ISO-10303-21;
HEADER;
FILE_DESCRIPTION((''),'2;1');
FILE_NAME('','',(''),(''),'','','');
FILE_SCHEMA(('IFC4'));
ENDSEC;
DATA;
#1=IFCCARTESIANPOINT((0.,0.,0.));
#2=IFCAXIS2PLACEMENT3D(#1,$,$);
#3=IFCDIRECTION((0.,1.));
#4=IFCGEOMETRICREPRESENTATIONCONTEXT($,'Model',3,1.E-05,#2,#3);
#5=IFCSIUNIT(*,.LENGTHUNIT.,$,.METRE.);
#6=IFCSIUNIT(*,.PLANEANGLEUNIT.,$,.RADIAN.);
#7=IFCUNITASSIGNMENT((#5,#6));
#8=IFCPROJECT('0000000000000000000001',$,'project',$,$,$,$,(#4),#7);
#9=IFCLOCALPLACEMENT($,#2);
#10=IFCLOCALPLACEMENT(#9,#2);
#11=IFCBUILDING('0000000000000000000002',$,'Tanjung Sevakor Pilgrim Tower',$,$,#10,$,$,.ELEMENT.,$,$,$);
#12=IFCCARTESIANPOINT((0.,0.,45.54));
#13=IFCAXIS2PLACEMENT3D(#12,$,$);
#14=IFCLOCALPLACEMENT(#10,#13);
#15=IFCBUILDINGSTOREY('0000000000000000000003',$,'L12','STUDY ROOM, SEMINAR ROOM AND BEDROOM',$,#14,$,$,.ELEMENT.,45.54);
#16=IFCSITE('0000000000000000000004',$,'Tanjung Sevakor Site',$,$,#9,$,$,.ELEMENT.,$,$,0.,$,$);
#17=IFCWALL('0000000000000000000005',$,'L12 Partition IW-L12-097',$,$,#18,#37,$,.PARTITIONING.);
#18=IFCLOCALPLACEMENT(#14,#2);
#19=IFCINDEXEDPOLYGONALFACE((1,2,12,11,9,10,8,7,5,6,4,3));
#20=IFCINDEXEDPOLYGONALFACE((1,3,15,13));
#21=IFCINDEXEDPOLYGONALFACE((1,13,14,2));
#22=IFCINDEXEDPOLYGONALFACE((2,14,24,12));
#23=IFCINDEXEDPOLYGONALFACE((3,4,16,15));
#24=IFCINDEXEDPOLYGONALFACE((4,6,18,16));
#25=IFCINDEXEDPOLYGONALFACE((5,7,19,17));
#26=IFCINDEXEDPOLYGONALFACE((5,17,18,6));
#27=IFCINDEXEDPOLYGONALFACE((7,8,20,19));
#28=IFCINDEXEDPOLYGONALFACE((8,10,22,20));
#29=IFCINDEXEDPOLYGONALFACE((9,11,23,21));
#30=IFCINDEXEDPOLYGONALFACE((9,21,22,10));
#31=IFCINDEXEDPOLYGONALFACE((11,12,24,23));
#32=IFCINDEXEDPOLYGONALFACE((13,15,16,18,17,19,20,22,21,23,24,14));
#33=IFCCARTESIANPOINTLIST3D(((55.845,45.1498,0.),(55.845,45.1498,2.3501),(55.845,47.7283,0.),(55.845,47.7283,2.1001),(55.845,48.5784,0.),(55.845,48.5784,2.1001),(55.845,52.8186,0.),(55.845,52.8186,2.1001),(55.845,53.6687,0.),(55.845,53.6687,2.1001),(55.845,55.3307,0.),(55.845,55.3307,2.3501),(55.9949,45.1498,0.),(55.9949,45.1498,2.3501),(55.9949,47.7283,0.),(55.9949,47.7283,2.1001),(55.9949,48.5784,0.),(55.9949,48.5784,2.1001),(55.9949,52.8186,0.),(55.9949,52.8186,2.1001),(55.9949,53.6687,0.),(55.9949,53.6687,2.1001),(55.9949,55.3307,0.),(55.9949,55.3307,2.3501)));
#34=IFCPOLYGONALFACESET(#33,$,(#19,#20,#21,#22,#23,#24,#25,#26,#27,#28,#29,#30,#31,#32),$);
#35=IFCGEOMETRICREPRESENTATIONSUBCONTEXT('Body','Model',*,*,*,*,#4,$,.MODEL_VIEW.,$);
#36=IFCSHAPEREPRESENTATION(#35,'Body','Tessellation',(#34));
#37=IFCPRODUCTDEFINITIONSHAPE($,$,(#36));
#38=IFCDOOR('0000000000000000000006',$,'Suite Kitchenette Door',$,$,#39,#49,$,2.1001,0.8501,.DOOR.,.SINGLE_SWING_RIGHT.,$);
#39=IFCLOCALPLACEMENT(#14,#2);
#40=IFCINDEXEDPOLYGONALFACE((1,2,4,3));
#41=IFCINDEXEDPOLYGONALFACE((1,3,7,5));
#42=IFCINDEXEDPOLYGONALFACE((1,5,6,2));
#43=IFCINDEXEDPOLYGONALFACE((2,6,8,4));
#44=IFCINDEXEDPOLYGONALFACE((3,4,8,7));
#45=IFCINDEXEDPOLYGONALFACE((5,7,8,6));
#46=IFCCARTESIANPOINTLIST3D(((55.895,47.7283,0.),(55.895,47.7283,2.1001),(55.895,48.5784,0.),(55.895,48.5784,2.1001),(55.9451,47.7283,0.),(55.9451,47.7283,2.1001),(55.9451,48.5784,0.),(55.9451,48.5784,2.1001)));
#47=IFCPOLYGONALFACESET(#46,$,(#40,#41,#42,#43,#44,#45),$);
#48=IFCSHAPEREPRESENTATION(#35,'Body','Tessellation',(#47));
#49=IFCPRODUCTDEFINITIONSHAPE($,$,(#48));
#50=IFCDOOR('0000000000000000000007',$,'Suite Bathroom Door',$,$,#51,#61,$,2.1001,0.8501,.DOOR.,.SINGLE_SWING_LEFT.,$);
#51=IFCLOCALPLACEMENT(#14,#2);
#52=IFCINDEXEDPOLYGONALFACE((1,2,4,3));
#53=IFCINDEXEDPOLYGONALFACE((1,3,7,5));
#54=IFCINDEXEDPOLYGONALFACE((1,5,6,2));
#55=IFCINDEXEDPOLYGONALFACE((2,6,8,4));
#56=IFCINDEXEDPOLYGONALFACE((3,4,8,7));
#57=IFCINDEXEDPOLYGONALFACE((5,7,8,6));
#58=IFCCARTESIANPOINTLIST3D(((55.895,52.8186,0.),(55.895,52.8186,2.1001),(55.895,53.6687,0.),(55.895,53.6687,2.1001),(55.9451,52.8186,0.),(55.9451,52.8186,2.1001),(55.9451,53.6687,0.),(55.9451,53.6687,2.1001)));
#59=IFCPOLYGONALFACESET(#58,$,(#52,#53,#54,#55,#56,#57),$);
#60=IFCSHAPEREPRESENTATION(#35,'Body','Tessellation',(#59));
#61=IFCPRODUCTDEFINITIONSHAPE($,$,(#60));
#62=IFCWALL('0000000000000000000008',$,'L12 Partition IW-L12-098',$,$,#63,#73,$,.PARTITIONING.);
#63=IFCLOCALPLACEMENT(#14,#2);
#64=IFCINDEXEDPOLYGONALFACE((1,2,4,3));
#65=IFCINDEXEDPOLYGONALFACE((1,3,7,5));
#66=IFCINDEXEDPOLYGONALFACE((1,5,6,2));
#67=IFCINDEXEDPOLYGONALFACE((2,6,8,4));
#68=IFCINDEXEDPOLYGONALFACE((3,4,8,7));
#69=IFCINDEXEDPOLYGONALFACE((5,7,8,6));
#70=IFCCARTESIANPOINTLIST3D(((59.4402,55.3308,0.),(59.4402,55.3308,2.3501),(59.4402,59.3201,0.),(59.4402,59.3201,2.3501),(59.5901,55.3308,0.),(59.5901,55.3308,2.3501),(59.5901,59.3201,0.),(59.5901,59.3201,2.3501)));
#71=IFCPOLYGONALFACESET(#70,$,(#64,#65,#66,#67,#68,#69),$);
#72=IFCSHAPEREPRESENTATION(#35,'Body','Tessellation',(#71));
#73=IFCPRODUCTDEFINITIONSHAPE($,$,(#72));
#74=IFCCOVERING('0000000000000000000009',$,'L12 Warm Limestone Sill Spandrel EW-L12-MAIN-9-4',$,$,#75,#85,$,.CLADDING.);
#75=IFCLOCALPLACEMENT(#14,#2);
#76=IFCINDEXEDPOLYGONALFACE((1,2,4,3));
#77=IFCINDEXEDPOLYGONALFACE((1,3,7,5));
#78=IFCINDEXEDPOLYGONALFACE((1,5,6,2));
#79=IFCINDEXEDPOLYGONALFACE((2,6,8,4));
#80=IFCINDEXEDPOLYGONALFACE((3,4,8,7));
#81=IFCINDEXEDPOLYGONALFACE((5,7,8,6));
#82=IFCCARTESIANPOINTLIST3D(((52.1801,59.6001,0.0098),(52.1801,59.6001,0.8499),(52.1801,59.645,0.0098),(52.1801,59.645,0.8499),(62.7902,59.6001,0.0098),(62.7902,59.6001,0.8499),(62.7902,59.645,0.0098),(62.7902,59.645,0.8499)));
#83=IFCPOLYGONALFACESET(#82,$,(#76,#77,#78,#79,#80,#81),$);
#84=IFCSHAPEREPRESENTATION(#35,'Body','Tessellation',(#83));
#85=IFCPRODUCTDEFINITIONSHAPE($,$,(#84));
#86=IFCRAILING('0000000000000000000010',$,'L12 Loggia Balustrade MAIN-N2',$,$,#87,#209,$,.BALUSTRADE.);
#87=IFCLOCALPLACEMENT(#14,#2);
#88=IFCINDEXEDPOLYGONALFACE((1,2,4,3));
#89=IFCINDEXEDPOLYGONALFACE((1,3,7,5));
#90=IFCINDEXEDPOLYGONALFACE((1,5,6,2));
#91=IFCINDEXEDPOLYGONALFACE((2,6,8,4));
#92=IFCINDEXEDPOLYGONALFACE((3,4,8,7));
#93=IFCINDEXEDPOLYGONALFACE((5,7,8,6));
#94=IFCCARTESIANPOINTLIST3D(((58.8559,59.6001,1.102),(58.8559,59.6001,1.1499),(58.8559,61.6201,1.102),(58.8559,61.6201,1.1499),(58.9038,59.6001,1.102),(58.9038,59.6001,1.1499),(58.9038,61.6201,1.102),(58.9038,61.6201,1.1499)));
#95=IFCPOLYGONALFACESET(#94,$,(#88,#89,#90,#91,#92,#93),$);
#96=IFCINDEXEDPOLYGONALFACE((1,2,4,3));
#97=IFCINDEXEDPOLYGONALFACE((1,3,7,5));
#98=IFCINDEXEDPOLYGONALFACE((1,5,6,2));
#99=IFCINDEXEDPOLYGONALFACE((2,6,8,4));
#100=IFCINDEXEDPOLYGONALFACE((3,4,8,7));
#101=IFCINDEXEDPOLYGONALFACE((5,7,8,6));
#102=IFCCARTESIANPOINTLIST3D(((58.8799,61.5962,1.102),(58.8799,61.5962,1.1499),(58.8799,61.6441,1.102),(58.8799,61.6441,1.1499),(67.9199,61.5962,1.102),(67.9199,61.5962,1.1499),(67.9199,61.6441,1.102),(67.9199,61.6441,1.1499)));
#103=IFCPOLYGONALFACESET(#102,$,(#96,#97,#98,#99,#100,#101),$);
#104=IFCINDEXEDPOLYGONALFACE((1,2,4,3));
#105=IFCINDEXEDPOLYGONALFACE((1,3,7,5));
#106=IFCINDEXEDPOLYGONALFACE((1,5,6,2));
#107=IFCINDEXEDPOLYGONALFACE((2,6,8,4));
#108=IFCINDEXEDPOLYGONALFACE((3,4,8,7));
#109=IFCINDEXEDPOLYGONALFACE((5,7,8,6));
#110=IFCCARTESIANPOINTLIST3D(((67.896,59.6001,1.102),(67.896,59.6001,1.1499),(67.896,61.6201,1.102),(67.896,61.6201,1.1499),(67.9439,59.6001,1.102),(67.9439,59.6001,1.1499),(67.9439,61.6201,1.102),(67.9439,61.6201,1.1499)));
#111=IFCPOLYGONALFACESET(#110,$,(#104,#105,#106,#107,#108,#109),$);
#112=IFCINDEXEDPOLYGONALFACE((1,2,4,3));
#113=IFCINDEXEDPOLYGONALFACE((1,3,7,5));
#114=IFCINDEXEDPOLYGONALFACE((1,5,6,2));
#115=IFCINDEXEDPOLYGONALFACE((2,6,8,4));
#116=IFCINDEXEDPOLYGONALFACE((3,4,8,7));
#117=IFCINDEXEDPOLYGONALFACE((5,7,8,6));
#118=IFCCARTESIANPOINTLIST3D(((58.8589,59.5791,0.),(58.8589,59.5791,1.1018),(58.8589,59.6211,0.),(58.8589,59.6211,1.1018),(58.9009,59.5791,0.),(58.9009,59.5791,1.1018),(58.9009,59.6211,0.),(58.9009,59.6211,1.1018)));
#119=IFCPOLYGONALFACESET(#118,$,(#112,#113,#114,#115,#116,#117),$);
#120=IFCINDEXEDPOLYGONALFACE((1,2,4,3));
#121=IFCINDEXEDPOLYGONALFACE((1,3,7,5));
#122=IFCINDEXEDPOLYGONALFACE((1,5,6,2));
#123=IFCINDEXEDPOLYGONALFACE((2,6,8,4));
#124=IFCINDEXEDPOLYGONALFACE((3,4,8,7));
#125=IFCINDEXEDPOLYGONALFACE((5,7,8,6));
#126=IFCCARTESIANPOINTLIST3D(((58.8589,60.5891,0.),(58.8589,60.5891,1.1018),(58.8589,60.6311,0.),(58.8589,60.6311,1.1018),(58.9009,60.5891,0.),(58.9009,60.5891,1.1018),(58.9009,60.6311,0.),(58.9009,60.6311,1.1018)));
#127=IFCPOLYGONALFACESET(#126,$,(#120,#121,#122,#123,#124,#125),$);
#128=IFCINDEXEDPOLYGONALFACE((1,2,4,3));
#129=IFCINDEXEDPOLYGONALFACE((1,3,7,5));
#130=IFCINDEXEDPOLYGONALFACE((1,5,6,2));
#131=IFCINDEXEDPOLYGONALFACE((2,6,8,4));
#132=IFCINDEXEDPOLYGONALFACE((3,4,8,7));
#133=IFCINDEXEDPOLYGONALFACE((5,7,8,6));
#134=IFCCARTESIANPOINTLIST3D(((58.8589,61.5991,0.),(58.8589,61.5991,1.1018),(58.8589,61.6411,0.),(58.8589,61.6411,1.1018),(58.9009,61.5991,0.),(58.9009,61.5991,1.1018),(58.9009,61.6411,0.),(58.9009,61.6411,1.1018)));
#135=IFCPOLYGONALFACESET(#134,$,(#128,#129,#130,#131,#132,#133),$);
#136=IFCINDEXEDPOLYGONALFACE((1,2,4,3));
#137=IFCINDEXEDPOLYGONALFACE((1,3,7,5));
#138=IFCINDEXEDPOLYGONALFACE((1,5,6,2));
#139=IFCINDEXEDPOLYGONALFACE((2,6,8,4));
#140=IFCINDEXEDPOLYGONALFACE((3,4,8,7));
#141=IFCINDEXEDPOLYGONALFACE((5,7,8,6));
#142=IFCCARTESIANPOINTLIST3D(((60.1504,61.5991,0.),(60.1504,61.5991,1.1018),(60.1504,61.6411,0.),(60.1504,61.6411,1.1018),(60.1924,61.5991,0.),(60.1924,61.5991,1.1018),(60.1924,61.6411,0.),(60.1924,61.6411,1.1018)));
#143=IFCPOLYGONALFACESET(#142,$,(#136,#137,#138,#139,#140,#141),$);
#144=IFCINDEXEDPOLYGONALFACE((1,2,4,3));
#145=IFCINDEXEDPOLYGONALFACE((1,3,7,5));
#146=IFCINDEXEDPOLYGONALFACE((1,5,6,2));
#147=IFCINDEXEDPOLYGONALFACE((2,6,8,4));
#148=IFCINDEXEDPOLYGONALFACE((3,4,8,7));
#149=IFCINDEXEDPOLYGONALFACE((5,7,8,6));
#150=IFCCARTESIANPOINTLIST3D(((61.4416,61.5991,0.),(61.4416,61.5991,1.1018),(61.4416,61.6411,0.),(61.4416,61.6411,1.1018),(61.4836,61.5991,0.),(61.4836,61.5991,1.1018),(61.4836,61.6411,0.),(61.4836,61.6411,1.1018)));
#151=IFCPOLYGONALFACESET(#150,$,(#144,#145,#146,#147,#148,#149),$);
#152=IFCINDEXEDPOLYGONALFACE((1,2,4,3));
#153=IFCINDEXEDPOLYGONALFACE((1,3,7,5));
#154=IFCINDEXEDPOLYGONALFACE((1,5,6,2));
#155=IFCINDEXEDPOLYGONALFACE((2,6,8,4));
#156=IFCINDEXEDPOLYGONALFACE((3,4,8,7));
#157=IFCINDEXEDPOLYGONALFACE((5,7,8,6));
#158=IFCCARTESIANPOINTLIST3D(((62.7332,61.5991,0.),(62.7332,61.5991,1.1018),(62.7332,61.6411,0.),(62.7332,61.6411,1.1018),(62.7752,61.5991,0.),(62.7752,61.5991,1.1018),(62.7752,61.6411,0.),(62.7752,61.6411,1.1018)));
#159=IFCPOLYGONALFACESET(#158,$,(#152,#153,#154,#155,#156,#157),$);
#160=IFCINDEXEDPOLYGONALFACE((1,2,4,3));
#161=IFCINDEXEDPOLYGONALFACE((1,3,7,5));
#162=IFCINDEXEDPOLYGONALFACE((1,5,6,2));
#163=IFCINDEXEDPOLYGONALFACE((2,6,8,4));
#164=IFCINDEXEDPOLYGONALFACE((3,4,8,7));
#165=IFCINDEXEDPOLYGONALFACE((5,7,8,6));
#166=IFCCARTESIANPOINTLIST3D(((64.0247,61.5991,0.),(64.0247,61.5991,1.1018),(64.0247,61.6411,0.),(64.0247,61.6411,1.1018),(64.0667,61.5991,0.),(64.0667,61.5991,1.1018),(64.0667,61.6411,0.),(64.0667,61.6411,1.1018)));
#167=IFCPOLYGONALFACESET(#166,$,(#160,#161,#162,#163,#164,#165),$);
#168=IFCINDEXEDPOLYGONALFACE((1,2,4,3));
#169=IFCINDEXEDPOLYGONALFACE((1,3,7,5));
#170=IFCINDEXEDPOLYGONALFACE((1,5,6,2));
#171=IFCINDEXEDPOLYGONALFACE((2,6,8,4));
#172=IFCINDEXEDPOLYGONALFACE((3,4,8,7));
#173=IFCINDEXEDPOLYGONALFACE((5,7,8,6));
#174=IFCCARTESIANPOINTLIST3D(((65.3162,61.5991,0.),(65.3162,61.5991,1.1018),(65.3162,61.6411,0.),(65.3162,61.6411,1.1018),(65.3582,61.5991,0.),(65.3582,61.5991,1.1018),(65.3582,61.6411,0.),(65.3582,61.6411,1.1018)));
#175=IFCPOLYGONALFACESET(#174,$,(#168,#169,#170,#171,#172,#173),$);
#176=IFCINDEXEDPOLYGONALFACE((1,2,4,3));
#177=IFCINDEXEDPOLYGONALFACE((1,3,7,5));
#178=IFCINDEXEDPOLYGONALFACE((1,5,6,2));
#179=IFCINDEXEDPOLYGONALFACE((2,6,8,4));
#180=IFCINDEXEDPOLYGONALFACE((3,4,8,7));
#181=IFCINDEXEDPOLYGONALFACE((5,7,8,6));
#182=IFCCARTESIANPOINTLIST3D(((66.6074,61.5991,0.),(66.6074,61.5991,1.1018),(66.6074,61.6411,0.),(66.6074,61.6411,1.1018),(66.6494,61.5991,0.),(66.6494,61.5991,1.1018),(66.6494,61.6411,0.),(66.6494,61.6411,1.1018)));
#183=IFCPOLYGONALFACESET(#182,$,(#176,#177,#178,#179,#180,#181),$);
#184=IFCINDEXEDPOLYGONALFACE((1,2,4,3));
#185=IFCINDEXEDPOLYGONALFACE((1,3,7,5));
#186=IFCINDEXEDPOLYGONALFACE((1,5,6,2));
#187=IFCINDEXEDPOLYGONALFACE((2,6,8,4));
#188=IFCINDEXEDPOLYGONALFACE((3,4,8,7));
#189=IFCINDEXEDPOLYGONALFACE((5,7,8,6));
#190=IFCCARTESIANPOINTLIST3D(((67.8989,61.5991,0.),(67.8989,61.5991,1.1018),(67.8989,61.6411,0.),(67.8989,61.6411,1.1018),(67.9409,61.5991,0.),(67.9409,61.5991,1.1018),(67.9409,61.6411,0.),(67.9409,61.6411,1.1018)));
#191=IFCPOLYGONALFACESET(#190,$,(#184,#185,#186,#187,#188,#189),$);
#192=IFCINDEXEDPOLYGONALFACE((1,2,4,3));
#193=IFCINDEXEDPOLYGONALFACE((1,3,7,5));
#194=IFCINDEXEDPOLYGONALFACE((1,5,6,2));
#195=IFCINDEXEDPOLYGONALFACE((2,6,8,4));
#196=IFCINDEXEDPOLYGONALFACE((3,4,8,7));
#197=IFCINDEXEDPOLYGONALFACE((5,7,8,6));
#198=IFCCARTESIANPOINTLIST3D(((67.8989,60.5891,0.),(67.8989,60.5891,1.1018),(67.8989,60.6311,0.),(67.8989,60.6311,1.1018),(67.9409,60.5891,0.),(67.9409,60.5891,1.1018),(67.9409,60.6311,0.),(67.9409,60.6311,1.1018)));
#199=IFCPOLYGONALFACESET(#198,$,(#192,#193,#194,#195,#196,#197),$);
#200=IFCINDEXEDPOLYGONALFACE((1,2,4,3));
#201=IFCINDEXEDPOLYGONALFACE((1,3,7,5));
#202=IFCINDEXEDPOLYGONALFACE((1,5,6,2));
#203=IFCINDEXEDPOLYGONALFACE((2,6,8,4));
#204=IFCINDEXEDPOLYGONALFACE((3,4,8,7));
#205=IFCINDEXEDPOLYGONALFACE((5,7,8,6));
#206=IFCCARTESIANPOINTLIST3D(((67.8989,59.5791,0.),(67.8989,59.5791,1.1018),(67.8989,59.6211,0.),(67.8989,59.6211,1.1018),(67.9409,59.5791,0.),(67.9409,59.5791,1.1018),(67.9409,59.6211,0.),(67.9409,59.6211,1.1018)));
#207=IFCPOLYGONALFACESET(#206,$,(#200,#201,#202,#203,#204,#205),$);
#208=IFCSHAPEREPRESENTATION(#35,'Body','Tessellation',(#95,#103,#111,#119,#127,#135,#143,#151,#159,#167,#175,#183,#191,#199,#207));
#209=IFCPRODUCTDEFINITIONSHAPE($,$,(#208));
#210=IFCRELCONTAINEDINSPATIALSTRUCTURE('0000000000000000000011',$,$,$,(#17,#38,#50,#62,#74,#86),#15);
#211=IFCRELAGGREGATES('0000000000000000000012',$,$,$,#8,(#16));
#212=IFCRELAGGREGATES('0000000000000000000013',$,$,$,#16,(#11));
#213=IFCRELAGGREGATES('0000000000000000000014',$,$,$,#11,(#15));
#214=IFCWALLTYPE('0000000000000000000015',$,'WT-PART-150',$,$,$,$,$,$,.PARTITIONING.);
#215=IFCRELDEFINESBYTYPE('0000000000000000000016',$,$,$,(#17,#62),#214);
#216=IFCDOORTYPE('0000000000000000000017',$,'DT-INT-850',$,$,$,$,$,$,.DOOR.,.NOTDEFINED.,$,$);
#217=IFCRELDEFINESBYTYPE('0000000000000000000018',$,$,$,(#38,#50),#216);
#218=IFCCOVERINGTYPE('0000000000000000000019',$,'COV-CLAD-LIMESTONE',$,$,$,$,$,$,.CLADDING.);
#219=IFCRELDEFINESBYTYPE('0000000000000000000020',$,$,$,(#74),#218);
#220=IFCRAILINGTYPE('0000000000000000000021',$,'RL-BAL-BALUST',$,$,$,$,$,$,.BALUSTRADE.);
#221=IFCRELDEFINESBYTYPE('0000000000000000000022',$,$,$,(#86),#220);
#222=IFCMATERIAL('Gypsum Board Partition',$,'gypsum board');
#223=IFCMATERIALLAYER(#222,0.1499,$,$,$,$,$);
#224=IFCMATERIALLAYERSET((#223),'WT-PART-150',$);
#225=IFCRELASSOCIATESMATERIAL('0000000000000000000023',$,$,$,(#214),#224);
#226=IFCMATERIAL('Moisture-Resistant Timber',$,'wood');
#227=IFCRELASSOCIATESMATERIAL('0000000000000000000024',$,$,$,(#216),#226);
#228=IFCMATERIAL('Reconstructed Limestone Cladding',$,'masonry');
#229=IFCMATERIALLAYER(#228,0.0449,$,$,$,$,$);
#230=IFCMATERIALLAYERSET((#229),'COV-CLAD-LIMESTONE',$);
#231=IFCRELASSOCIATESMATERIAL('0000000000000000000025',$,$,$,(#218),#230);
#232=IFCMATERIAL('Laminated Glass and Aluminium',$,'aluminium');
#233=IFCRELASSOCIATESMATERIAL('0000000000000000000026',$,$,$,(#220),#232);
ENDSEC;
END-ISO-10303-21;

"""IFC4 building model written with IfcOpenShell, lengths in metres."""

from ifc_helpers import new_model, si_unit, direction, frame, frame_2d, origin, origin_2d, place, context, subcontext, project, spatial, rectangle, extrude, material, layer, layer_set, type_object, element, fill, save


model = new_model("IFC4")

# Units and contexts
model_context = context("Model", 3, precision=1e-05, world=origin(), true_north=direction((0.0, 1.0)))
body_context = subcontext(model_context, "Body", "Model", "MODEL_VIEW")
ifc_project = project(units=[si_unit("LENGTHUNIT", "METRE"), si_unit("PLANEANGLEUNIT", "RADIAN")], contexts=[model_context])

# Site, building, storey
site_placement = place(None, origin())
site = spatial("IfcSite", under=ifc_project, at=site_placement, Name="Tanjung Sevakor Site", CompositionType="ELEMENT", RefElevation=0.0)
building_placement = place(site_placement, origin())
building = spatial("IfcBuilding", under=site, at=building_placement, Name="Tanjung Sevakor Pilgrim Tower", CompositionType="ELEMENT")
storey_placement = place(building_placement, frame((0.0, 0.0, 45.54)))
storey = spatial("IfcBuildingStorey", under=building, at=storey_placement, Name="L12", Description="STUDY ROOM, SEMINAR ROOM AND BEDROOM", CompositionType="ELEMENT", Elevation=45.54)

# Shared definitions
ifc_material_1 = material(Name="Gypsum Board Partition", Category="gypsum board")
ifc_layer_1 = layer(ifc_material_1, 0.1499)
ifc_layer_set_1 = layer_set([ifc_layer_1], Name="WT-PART-150")
wall_type_1 = type_object("IfcWallType", Name="WT-PART-150", PredefinedType="PARTITIONING", material=ifc_layer_set_1)
ifc_material_2 = material(Name="Moisture-Resistant Timber", Category="wood")
door_type = type_object("IfcDoorType", Name="DT-INT-850", OperationType="NOTDEFINED", PredefinedType="DOOR", material=ifc_material_2)

# Wall, openings, doors
wall_1_placement = place(storey_placement, frame((55.9199, 45.1499, 0.0), z_axis=(0.0, 0.0, 1.0), x_axis=(0.0, 1.0, 0.0)))
wall_1 = element("IfcWall", 1, at=wall_1_placement, inside=storey, type_object=wall_type_1, Name="L12 Partition IW-L12-097", PredefinedType="PARTITIONING", context=body_context, shape_type="SweptSolid", body=[
    extrude(rectangle(XDim=10.1809, YDim=0.1499, at=frame_2d((5.0903, 0.0))), origin(), (0.0, 0.0, 1.0), 2.3501),
])
opening_1_placement = place(wall_1_placement, frame((2.5784, 0.0, 0.0)))
opening_1 = element("IfcOpeningElement", 2, at=opening_1_placement, cuts=wall_1, PredefinedType="OPENING", context=body_context, shape_type="SweptSolid", body=[
    extrude(rectangle(XDim=0.8501, YDim=2.1001, at=frame_2d((0.425, 1.05))), frame((0.0, 0.085, 0.0), z_axis=(0.0, -1.0, 0.0), x_axis=(1.0, 0.0, 0.0)), (0.0, 0.0, 1.0), 0.1699),
])
opening_2_placement = place(wall_1_placement, frame((7.6687, 0.0, 0.0)))
opening_2 = element("IfcOpeningElement", 3, at=opening_2_placement, cuts=wall_1, PredefinedType="OPENING", context=body_context, shape_type="SweptSolid", body=[
    extrude(rectangle(XDim=0.8501, YDim=2.1001, at=frame_2d((0.425, 1.05))), frame((0.0, 0.085, 0.0), z_axis=(0.0, -1.0, 0.0), x_axis=(1.0, 0.0, 0.0)), (0.0, 0.0, 1.0), 0.1699),
])
door_1_placement = place(opening_1_placement, origin())
door_1 = element("IfcDoor", 4, at=door_1_placement, inside=storey, type_object=door_type, Name="Suite Kitchenette Door", OperationType="SINGLE_SWING_RIGHT", OverallHeight=2.1001, OverallWidth=0.8501, PredefinedType="DOOR", context=body_context, shape_type="SweptSolid", body=[
    extrude(rectangle(XDim=0.8501, YDim=2.1001, at=frame_2d((0.425, 1.05))), frame((0.0, 0.0249, 0.0), z_axis=(0.0, -1.0, 0.0), x_axis=(1.0, 0.0, 0.0)), (0.0, 0.0, 1.0), 0.05),
])
fill(opening_1, door_1)
door_2_placement = place(opening_2_placement, origin())
door_2 = element("IfcDoor", 5, at=door_2_placement, inside=storey, type_object=door_type, Name="Suite Bathroom Door", OperationType="SINGLE_SWING_LEFT", OverallHeight=2.1001, OverallWidth=0.8501, PredefinedType="DOOR", context=body_context, shape_type="SweptSolid", body=[
    extrude(rectangle(XDim=0.8501, YDim=2.1001, at=frame_2d((0.425, 1.05))), frame((0.0, 0.0249, 0.0), z_axis=(0.0, -1.0, 0.0), x_axis=(1.0, 0.0, 0.0)), (0.0, 0.0, 1.0), 0.05),
])
fill(opening_2, door_2)

# Wall
wall_2_placement = place(storey_placement, frame((59.5151, 55.3308, 0.0), z_axis=(0.0, 0.0, 1.0), x_axis=(0.0, 1.0, 0.0)))
element("IfcWall", 6, at=wall_2_placement, inside=storey, type_object=wall_type_1, Name="L12 Partition IW-L12-098", PredefinedType="PARTITIONING", context=body_context, shape_type="SweptSolid", body=[
    extrude(rectangle(XDim=3.9893, YDim=0.1499, at=frame_2d((1.9946, 0.0))), origin(), (0.0, 0.0, 1.0), 2.3501),
])

# Covering
ifc_material_3 = material(Name="Reconstructed Limestone Cladding", Category="masonry")
ifc_layer_2 = layer(ifc_material_3, 0.0449)
ifc_layer_set_2 = layer_set([ifc_layer_2], Name="COV-CLAD-LIMESTONE")
covering_type = type_object("IfcCoveringType", Name="COV-CLAD-LIMESTONE", PredefinedType="CLADDING", material=ifc_layer_set_2)
covering_placement = place(storey_placement, frame((57.4851, 59.6226, 0.0098), z_axis=(0.0, 0.0, 1.0), x_axis=(-1.0, 0.0, 0.0)))
element("IfcCovering", 7, at=covering_placement, inside=storey, type_object=covering_type, Name="L12 Warm Limestone Sill Spandrel EW-L12-MAIN-9-4", PredefinedType="CLADDING", context=body_context, shape_type="SweptSolid", body=[
    extrude(rectangle(XDim=10.6101, YDim=0.0449, at=origin_2d()), origin(), (0.0, 0.0, 1.0), 0.8401),
])

# Railing
ifc_material_4 = material(Name="Laminated Glass and Aluminium", Category="aluminium")
railing_type = type_object("IfcRailingType", Name="RL-BAL-BALUST", PredefinedType="BALUSTRADE", material=ifc_material_4)
railing_placement = place(storey_placement, frame((58.8799, 59.6001, 0.0)))
element("IfcRailing", 8, at=railing_placement, inside=storey, type_object=railing_type, Name="L12 Loggia Balustrade MAIN-N2", PredefinedType="BALUSTRADE", context=body_context, shape_type="SweptSolid", body=[
    extrude(rectangle(XDim=0.0479, YDim=0.0479), frame((0.0, 0.0, 1.126), z_axis=(0.0, 1.0, 0.0), x_axis=(-1.0, 0.0, 0.0)), (0.0, 0.0, 1.0), 2.02),
    extrude(rectangle(XDim=0.0479, YDim=0.0479), frame((0.0, 2.02, 1.126), z_axis=(1.0, 0.0, 0.0), x_axis=(0.0, 1.0, 0.0)), (0.0, 0.0, 1.0), 9.04),
    extrude(rectangle(XDim=0.0479, YDim=0.0479), frame((9.04, 2.02, 1.126), z_axis=(0.0, -1.0, 0.0), x_axis=(1.0, 0.0, 0.0)), (0.0, 0.0, 1.0), 2.02),
    extrude(rectangle(XDim=0.042, YDim=0.042), origin(), (0.0, 0.0, 1.0), 1.1018),
    extrude(rectangle(XDim=0.042, YDim=0.042), frame((0.0, 1.01, 0.0)), (0.0, 0.0, 1.0), 1.1018),
    extrude(rectangle(XDim=0.042, YDim=0.042), frame((0.0, 2.02, 0.0)), (0.0, 0.0, 1.0), 1.1018),
    extrude(rectangle(XDim=0.042, YDim=0.042), frame((1.2915, 2.02, 0.0)), (0.0, 0.0, 1.0), 1.1018),
    extrude(rectangle(XDim=0.042, YDim=0.042), frame((2.5828, 2.02, 0.0)), (0.0, 0.0, 1.0), 1.1018),
    extrude(rectangle(XDim=0.042, YDim=0.042), frame((3.8743, 2.02, 0.0)), (0.0, 0.0, 1.0), 1.1018),
    extrude(rectangle(XDim=0.042, YDim=0.042), frame((5.1658, 2.02, 0.0)), (0.0, 0.0, 1.0), 1.1018),
    extrude(rectangle(XDim=0.042, YDim=0.042), frame((6.4573, 2.02, 0.0)), (0.0, 0.0, 1.0), 1.1018),
    extrude(rectangle(XDim=0.042, YDim=0.042), frame((7.7485, 2.02, 0.0)), (0.0, 0.0, 1.0), 1.1018),
    extrude(rectangle(XDim=0.042, YDim=0.042), frame((9.04, 2.02, 0.0)), (0.0, 0.0, 1.0), 1.1018),
    extrude(rectangle(XDim=0.042, YDim=0.042), frame((9.04, 1.01, 0.0)), (0.0, 0.0, 1.0), 1.1018),
    extrude(rectangle(XDim=0.042, YDim=0.042), frame((9.04, 0.0, 0.0)), (0.0, 0.0, 1.0), 1.1018),
])

save(model, "model.ifc")
